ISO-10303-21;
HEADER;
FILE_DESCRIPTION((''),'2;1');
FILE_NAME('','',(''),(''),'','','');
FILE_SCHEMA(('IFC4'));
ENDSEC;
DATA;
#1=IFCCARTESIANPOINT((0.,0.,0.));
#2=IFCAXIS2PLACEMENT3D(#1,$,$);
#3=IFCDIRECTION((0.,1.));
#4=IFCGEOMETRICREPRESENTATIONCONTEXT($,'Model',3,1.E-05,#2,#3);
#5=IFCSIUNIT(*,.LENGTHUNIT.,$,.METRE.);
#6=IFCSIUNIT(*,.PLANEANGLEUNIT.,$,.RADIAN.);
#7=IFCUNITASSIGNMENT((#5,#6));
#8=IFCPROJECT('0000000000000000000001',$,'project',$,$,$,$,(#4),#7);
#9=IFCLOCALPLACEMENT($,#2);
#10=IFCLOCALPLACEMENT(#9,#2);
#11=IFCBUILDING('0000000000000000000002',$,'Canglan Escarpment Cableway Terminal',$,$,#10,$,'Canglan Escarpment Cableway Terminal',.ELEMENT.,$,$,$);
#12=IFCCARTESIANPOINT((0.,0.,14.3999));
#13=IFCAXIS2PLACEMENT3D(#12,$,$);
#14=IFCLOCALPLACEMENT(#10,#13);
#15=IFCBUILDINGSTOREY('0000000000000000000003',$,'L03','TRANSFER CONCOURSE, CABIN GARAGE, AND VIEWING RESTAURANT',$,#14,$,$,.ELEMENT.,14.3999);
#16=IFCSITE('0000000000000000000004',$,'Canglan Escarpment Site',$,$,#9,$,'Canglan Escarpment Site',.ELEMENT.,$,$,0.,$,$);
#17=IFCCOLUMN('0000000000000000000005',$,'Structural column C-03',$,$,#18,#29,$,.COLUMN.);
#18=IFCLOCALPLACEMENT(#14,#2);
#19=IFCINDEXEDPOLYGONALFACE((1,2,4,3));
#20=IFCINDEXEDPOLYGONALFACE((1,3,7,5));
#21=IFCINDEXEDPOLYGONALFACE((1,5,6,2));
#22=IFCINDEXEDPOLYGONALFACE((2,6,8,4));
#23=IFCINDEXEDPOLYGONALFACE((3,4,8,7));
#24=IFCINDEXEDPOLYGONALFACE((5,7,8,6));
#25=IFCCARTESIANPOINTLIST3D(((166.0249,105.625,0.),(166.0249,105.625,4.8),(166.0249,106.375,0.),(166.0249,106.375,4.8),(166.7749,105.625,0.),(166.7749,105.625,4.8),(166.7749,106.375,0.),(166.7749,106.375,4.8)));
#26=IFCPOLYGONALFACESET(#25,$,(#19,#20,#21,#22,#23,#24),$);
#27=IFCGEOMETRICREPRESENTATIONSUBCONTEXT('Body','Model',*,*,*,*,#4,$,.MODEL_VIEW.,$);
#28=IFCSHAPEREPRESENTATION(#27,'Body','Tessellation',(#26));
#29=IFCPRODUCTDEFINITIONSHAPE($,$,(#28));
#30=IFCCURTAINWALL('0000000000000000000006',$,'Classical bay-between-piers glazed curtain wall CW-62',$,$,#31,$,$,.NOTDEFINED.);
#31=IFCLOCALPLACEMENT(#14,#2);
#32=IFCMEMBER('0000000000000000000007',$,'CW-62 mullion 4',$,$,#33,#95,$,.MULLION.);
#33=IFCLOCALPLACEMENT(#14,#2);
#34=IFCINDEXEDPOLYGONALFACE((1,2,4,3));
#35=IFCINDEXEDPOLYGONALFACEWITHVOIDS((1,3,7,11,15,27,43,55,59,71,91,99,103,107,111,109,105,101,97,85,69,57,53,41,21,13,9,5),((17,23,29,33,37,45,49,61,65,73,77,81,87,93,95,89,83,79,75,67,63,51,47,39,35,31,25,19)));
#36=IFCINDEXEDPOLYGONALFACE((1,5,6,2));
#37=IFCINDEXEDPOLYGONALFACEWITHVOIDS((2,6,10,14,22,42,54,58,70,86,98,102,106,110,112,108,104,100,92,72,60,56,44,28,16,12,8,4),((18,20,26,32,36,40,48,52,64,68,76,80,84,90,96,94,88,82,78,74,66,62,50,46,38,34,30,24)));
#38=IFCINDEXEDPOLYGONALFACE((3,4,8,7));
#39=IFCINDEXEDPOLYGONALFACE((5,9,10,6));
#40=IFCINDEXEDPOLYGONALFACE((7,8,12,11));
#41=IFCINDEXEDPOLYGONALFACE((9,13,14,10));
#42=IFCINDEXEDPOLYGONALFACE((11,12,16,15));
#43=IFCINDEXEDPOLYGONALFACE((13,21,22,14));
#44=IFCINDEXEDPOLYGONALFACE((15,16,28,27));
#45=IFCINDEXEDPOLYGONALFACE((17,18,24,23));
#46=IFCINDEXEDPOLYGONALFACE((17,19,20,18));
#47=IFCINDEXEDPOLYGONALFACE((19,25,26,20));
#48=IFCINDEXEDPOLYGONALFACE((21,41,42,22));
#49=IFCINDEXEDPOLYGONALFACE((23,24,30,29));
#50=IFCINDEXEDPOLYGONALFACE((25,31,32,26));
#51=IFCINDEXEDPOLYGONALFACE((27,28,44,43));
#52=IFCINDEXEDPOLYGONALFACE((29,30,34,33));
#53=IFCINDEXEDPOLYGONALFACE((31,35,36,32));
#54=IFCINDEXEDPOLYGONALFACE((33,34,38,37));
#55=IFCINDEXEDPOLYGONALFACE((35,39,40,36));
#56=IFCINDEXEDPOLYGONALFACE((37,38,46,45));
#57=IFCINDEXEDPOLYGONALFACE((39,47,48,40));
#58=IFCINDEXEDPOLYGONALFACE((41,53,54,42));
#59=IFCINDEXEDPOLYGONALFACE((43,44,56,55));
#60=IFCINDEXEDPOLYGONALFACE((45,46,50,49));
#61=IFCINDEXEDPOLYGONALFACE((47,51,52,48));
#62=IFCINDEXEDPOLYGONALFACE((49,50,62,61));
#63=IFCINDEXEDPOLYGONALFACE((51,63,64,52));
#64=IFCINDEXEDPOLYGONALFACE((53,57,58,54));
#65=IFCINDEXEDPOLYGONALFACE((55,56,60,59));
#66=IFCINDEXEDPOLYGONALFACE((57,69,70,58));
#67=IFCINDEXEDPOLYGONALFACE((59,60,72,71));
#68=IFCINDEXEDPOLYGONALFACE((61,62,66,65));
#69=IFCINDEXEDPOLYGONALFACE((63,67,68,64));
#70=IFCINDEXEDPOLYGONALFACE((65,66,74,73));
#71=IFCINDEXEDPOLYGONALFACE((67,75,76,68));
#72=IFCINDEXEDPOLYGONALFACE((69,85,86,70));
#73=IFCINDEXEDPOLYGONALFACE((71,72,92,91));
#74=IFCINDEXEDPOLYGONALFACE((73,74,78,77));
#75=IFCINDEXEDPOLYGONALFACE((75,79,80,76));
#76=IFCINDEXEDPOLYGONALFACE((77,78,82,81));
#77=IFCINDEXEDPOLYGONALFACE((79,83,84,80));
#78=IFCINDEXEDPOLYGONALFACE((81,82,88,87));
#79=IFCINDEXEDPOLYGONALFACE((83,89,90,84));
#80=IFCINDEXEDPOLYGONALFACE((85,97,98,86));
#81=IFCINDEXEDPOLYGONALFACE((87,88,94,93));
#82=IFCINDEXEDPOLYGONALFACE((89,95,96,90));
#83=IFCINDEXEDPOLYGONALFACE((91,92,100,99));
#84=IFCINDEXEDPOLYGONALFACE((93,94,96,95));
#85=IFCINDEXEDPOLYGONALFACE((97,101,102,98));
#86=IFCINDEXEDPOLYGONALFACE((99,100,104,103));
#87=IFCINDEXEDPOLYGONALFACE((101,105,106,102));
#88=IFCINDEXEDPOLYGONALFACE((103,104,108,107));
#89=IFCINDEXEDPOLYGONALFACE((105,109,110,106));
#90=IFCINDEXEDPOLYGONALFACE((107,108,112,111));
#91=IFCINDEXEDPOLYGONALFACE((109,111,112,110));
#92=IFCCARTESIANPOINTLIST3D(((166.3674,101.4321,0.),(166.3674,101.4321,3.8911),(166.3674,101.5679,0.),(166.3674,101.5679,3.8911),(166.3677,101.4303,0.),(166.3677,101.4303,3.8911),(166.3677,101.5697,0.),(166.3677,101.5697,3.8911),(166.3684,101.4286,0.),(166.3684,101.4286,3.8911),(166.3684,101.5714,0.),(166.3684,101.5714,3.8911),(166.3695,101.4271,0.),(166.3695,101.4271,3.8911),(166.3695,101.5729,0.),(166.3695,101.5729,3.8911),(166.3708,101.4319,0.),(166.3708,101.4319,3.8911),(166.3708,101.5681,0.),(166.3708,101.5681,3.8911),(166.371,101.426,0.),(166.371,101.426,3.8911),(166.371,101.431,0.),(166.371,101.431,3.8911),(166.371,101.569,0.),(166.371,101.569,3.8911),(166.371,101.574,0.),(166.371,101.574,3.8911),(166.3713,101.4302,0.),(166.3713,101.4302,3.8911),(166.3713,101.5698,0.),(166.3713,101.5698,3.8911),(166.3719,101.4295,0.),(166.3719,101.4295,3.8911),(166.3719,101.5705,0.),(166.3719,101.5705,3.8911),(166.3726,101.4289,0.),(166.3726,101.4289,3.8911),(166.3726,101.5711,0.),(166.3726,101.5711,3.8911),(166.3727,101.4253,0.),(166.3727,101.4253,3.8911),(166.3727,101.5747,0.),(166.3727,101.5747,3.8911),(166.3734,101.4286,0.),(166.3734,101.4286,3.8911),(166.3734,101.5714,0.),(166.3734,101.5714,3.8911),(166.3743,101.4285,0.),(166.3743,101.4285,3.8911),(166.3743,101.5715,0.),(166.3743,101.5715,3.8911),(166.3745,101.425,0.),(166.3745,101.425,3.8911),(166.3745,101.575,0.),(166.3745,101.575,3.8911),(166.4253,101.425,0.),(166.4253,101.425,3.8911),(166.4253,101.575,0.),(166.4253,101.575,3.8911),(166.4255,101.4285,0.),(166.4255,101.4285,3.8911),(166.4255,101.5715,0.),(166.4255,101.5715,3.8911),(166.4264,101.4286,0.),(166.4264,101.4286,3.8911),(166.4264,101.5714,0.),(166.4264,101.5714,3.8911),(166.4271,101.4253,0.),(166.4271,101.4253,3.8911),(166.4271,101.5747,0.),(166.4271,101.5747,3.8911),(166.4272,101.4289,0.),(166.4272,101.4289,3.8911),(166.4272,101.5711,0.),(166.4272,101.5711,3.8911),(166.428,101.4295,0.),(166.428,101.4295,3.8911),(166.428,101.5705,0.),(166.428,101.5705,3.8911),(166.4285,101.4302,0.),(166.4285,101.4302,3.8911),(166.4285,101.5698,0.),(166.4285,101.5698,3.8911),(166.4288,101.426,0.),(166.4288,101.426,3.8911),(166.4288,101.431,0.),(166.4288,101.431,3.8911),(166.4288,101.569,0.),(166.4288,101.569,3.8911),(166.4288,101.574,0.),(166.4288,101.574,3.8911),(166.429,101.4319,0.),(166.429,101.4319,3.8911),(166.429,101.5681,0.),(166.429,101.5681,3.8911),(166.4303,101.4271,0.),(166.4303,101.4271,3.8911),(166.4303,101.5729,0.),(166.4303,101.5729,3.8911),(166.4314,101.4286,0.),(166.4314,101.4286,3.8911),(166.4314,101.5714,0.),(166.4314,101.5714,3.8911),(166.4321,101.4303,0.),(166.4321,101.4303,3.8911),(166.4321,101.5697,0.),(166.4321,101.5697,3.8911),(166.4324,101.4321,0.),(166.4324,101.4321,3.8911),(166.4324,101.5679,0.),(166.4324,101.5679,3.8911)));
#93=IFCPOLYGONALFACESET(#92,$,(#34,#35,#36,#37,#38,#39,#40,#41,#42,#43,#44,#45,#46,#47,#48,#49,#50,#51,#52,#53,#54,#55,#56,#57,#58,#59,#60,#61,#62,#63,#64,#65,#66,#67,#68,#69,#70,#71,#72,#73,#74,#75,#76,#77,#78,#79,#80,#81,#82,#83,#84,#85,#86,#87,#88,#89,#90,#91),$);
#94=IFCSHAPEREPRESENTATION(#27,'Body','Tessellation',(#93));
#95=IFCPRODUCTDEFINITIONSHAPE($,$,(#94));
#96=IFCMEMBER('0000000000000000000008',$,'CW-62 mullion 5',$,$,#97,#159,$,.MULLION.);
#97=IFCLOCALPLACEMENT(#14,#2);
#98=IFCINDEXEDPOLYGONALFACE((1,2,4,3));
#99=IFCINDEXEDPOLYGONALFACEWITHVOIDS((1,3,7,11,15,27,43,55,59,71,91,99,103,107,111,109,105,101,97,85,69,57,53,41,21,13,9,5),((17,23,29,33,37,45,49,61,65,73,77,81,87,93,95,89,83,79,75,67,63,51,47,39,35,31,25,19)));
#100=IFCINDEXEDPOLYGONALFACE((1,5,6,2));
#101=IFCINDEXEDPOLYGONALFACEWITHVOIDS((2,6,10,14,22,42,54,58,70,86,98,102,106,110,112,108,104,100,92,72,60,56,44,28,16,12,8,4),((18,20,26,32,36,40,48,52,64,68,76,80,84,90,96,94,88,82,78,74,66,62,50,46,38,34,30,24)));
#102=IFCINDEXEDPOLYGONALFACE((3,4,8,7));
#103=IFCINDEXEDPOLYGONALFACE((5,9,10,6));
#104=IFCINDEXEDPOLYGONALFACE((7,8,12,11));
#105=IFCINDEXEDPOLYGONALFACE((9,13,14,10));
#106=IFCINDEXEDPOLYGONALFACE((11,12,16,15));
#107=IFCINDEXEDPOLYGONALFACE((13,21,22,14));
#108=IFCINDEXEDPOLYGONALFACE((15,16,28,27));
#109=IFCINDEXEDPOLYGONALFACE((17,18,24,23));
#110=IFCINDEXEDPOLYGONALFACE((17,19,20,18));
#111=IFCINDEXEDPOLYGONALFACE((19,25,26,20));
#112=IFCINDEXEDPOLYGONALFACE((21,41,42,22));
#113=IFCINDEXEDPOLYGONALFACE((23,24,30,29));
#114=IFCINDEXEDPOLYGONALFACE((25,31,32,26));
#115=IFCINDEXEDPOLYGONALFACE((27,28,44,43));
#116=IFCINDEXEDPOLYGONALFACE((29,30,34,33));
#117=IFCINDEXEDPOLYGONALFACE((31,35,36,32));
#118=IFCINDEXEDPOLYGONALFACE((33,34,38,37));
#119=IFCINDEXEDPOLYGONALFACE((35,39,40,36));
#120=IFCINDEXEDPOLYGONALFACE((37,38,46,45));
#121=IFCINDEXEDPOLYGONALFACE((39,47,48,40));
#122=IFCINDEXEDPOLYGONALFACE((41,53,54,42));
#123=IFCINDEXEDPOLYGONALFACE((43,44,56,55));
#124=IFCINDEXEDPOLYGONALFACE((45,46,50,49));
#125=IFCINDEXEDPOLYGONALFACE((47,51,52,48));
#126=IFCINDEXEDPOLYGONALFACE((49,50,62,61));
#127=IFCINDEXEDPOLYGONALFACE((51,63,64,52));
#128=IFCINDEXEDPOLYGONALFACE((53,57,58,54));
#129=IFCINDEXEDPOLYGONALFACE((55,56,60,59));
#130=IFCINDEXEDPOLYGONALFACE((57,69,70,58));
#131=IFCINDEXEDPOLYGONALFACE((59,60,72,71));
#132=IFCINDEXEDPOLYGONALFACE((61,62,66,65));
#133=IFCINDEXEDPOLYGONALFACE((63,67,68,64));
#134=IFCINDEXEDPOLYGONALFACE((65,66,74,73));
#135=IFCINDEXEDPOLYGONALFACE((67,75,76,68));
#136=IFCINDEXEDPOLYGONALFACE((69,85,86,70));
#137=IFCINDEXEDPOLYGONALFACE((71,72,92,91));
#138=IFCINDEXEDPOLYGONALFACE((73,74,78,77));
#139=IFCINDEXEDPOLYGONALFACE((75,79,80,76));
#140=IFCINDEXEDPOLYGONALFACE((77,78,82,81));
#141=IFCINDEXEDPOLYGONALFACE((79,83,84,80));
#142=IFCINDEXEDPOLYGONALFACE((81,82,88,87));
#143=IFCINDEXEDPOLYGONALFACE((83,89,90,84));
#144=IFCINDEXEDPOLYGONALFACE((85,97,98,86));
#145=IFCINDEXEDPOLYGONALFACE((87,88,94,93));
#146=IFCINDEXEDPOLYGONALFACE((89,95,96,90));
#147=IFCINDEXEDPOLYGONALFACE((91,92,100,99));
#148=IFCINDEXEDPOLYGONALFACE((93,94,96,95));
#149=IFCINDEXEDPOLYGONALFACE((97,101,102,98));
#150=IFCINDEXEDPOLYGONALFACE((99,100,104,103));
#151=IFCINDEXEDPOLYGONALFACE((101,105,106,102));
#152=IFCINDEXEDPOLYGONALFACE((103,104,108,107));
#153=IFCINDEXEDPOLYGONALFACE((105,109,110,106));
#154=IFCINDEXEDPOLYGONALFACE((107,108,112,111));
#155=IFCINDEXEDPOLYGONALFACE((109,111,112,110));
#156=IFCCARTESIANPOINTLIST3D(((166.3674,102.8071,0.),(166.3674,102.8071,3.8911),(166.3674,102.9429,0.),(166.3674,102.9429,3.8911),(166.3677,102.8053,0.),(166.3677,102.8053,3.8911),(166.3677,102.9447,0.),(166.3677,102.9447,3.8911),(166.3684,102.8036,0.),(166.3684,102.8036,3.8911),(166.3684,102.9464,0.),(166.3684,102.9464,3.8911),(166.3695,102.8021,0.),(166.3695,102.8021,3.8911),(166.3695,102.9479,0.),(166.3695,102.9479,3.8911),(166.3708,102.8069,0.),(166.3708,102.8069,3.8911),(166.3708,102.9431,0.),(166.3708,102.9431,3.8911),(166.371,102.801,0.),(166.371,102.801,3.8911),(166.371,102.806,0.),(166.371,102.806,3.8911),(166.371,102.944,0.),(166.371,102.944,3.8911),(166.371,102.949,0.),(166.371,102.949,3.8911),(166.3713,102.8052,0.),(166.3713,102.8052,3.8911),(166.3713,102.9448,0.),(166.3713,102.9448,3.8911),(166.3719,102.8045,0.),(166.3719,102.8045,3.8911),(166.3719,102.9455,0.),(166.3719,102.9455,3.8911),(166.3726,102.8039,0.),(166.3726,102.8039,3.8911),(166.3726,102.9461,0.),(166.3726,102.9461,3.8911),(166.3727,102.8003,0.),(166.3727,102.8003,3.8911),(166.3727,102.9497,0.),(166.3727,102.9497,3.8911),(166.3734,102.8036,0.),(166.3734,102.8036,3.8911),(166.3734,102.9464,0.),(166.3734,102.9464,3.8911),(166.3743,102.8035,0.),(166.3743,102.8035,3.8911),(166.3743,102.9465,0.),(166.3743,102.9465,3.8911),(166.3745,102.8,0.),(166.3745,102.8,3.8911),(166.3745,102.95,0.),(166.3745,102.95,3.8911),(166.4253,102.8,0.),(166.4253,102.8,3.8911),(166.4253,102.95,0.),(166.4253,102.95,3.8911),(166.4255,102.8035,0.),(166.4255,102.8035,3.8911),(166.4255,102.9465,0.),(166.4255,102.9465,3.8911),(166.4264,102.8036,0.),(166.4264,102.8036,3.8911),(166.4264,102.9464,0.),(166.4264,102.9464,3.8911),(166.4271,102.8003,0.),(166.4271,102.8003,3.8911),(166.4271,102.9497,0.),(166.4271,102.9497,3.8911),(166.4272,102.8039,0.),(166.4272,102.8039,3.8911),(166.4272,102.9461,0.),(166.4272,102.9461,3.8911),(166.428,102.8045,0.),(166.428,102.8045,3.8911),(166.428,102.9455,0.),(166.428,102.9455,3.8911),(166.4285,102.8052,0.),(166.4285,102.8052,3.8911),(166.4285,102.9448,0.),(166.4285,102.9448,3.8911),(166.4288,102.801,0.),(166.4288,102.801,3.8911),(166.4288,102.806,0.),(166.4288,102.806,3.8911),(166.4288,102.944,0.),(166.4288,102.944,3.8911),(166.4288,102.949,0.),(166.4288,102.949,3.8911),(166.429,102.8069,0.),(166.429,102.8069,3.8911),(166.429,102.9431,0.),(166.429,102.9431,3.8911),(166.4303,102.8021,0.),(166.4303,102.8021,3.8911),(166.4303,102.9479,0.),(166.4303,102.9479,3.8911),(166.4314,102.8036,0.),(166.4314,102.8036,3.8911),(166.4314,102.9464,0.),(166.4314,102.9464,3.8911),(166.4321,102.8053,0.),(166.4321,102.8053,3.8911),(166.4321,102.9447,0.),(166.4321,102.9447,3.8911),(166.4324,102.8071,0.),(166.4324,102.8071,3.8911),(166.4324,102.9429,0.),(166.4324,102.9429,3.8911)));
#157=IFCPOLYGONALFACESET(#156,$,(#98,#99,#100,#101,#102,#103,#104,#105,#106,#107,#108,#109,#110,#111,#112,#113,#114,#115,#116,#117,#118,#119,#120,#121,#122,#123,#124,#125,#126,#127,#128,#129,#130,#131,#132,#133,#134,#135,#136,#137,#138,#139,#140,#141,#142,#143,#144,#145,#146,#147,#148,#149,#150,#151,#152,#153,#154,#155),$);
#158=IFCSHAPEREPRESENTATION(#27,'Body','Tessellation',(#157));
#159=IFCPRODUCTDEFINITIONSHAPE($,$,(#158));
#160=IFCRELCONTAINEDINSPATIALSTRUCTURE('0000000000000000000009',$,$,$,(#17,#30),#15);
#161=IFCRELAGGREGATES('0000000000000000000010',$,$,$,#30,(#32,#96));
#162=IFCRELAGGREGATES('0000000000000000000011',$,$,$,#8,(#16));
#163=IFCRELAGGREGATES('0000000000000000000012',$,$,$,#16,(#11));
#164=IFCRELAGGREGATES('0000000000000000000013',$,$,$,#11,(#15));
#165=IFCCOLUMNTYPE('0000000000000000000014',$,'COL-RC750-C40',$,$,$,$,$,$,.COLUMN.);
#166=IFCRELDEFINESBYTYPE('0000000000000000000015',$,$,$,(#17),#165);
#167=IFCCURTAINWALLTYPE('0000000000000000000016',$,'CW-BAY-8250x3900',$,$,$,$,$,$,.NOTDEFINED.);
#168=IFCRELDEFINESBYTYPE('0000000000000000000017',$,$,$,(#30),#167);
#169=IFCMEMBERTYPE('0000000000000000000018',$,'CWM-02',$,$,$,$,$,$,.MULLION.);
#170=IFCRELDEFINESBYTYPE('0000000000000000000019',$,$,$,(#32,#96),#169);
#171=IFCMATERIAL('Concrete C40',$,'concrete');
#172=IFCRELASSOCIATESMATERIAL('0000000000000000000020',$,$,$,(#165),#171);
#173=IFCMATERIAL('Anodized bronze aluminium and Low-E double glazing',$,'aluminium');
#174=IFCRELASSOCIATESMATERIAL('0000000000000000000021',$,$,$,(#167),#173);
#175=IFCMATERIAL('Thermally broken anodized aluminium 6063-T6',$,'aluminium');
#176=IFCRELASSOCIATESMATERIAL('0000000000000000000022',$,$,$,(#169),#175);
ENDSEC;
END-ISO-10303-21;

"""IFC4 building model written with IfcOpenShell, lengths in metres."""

from ifc_helpers import new_model, si_unit, direction, frame, origin, origin_2d, place, context, subcontext, project, spatial, rectangle, hollow_rectangle, extrude, material, material_profile, profile_set, type_object, element, aggregate, save


model = new_model("IFC4")

# Units and contexts
model_context = context("Model", 3, precision=1e-05, world=origin(), true_north=direction((0.0, 1.0)))
body_context = subcontext(model_context, "Body", "Model", "MODEL_VIEW")
ifc_project = project(units=[si_unit("LENGTHUNIT", "METRE"), si_unit("PLANEANGLEUNIT", "RADIAN")], contexts=[model_context])

# Site, building, storey
site_placement = place(None, origin())
site = spatial("IfcSite", under=ifc_project, at=site_placement, Name="Canglan Escarpment Site", LongName="Canglan Escarpment Site", CompositionType="ELEMENT", RefElevation=0.0)
building_placement = place(site_placement, origin())
building = spatial("IfcBuilding", under=site, at=building_placement, Name="Canglan Escarpment Cableway Terminal", LongName="Canglan Escarpment Cableway Terminal", CompositionType="ELEMENT")
storey_placement = place(building_placement, frame((0.0, 0.0, 14.3999)))
storey = spatial("IfcBuildingStorey", under=building, at=storey_placement, Name="L03", Description="TRANSFER CONCOURSE, CABIN GARAGE, AND VIEWING RESTAURANT", CompositionType="ELEMENT", Elevation=14.3999)

# Column
ifc_material_1 = material(Name="Concrete C40", Category="concrete")
ifc_material_profile_1 = material_profile(ifc_material_1, rectangle(XDim=0.75, YDim=0.75, at=origin_2d()), Name="RC 750x750")
ifc_profile_set_1 = profile_set([ifc_material_profile_1], Name="Concrete C40")
column_type = type_object("IfcColumnType", Name="COL-RC750-C40", PredefinedType="COLUMN", material=ifc_profile_set_1)
column_placement = place(storey_placement, frame((166.3999, 106.0, 0.0), z_axis=(0.0, 0.0, 1.0), x_axis=(1.0, 0.0, 0.0)))
element("IfcColumn", 1, at=column_placement, inside=storey, type_object=column_type, Name="Structural column C-03", PredefinedType="COLUMN", context=body_context, shape_type="SweptSolid", body=[
    extrude(rectangle(XDim=0.75, YDim=0.75, at=origin_2d()), origin(), (0.0, 0.0, 1.0), 4.8),
])

# Curtain wall, members
ifc_material_2 = material(Name="Anodized bronze aluminium and Low-E double glazing", Category="aluminium")
curtain_wall_type = type_object("IfcCurtainWallType", Name="CW-BAY-8250x3900", PredefinedType="NOTDEFINED", material=ifc_material_2)
curtain_wall_placement = place(storey_placement, origin())
curtain_wall = element("IfcCurtainWall", 2, at=curtain_wall_placement, inside=storey, type_object=curtain_wall_type, Name="Classical bay-between-piers glazed curtain wall CW-62", PredefinedType="NOTDEFINED")
ifc_material_3 = material(Name="Thermally broken anodized aluminium 6063-T6", Category="aluminium")
ifc_material_profile_2 = material_profile(ifc_material_3, hollow_rectangle(XDim=0.0649, YDim=0.1499, WallThickness=0.0034, InnerFilletRadius=0.0034, OuterFilletRadius=0.0071, at=origin_2d()), Name="ALU-MULL 65x150x3.5")
ifc_profile_set_2 = profile_set([ifc_material_profile_2], Name="Thermally broken anodized aluminium 6063-T6")
member_type_1 = type_object("IfcMemberType", Name="CWM-02", PredefinedType="MULLION", material=ifc_profile_set_2)
member_1_placement = place(storey_placement, frame((166.3999, 101.5, 0.0), z_axis=(0.0, 0.0, 1.0), x_axis=(-1.0, 0.0, 0.0)))
member_1 = element("IfcMember", 3, at=member_1_placement, type_object=member_type_1, Name="CW-62 mullion 4", PredefinedType="MULLION", context=body_context, shape_type="SweptSolid", body=[
    extrude(hollow_rectangle(XDim=0.0649, YDim=0.1499, WallThickness=0.0034, InnerFilletRadius=0.0034, OuterFilletRadius=0.0071, at=origin_2d()), origin(), (0.0, 0.0, 1.0), 3.8911),
])
member_2_placement = place(storey_placement, frame((166.3999, 102.875, 0.0), z_axis=(0.0, 0.0, 1.0), x_axis=(-1.0, 0.0, 0.0)))
member_2 = element("IfcMember", 4, at=member_2_placement, type_object=member_type_1, Name="CW-62 mullion 5", PredefinedType="MULLION", context=body_context, shape_type="SweptSolid", body=[
    extrude(hollow_rectangle(XDim=0.0649, YDim=0.1499, WallThickness=0.0034, InnerFilletRadius=0.0034, OuterFilletRadius=0.0071, at=origin_2d()), origin(), (0.0, 0.0, 1.0), 3.8911),
])
aggregate(curtain_wall, [member_1, member_2])

save(model, "model.ifc")
